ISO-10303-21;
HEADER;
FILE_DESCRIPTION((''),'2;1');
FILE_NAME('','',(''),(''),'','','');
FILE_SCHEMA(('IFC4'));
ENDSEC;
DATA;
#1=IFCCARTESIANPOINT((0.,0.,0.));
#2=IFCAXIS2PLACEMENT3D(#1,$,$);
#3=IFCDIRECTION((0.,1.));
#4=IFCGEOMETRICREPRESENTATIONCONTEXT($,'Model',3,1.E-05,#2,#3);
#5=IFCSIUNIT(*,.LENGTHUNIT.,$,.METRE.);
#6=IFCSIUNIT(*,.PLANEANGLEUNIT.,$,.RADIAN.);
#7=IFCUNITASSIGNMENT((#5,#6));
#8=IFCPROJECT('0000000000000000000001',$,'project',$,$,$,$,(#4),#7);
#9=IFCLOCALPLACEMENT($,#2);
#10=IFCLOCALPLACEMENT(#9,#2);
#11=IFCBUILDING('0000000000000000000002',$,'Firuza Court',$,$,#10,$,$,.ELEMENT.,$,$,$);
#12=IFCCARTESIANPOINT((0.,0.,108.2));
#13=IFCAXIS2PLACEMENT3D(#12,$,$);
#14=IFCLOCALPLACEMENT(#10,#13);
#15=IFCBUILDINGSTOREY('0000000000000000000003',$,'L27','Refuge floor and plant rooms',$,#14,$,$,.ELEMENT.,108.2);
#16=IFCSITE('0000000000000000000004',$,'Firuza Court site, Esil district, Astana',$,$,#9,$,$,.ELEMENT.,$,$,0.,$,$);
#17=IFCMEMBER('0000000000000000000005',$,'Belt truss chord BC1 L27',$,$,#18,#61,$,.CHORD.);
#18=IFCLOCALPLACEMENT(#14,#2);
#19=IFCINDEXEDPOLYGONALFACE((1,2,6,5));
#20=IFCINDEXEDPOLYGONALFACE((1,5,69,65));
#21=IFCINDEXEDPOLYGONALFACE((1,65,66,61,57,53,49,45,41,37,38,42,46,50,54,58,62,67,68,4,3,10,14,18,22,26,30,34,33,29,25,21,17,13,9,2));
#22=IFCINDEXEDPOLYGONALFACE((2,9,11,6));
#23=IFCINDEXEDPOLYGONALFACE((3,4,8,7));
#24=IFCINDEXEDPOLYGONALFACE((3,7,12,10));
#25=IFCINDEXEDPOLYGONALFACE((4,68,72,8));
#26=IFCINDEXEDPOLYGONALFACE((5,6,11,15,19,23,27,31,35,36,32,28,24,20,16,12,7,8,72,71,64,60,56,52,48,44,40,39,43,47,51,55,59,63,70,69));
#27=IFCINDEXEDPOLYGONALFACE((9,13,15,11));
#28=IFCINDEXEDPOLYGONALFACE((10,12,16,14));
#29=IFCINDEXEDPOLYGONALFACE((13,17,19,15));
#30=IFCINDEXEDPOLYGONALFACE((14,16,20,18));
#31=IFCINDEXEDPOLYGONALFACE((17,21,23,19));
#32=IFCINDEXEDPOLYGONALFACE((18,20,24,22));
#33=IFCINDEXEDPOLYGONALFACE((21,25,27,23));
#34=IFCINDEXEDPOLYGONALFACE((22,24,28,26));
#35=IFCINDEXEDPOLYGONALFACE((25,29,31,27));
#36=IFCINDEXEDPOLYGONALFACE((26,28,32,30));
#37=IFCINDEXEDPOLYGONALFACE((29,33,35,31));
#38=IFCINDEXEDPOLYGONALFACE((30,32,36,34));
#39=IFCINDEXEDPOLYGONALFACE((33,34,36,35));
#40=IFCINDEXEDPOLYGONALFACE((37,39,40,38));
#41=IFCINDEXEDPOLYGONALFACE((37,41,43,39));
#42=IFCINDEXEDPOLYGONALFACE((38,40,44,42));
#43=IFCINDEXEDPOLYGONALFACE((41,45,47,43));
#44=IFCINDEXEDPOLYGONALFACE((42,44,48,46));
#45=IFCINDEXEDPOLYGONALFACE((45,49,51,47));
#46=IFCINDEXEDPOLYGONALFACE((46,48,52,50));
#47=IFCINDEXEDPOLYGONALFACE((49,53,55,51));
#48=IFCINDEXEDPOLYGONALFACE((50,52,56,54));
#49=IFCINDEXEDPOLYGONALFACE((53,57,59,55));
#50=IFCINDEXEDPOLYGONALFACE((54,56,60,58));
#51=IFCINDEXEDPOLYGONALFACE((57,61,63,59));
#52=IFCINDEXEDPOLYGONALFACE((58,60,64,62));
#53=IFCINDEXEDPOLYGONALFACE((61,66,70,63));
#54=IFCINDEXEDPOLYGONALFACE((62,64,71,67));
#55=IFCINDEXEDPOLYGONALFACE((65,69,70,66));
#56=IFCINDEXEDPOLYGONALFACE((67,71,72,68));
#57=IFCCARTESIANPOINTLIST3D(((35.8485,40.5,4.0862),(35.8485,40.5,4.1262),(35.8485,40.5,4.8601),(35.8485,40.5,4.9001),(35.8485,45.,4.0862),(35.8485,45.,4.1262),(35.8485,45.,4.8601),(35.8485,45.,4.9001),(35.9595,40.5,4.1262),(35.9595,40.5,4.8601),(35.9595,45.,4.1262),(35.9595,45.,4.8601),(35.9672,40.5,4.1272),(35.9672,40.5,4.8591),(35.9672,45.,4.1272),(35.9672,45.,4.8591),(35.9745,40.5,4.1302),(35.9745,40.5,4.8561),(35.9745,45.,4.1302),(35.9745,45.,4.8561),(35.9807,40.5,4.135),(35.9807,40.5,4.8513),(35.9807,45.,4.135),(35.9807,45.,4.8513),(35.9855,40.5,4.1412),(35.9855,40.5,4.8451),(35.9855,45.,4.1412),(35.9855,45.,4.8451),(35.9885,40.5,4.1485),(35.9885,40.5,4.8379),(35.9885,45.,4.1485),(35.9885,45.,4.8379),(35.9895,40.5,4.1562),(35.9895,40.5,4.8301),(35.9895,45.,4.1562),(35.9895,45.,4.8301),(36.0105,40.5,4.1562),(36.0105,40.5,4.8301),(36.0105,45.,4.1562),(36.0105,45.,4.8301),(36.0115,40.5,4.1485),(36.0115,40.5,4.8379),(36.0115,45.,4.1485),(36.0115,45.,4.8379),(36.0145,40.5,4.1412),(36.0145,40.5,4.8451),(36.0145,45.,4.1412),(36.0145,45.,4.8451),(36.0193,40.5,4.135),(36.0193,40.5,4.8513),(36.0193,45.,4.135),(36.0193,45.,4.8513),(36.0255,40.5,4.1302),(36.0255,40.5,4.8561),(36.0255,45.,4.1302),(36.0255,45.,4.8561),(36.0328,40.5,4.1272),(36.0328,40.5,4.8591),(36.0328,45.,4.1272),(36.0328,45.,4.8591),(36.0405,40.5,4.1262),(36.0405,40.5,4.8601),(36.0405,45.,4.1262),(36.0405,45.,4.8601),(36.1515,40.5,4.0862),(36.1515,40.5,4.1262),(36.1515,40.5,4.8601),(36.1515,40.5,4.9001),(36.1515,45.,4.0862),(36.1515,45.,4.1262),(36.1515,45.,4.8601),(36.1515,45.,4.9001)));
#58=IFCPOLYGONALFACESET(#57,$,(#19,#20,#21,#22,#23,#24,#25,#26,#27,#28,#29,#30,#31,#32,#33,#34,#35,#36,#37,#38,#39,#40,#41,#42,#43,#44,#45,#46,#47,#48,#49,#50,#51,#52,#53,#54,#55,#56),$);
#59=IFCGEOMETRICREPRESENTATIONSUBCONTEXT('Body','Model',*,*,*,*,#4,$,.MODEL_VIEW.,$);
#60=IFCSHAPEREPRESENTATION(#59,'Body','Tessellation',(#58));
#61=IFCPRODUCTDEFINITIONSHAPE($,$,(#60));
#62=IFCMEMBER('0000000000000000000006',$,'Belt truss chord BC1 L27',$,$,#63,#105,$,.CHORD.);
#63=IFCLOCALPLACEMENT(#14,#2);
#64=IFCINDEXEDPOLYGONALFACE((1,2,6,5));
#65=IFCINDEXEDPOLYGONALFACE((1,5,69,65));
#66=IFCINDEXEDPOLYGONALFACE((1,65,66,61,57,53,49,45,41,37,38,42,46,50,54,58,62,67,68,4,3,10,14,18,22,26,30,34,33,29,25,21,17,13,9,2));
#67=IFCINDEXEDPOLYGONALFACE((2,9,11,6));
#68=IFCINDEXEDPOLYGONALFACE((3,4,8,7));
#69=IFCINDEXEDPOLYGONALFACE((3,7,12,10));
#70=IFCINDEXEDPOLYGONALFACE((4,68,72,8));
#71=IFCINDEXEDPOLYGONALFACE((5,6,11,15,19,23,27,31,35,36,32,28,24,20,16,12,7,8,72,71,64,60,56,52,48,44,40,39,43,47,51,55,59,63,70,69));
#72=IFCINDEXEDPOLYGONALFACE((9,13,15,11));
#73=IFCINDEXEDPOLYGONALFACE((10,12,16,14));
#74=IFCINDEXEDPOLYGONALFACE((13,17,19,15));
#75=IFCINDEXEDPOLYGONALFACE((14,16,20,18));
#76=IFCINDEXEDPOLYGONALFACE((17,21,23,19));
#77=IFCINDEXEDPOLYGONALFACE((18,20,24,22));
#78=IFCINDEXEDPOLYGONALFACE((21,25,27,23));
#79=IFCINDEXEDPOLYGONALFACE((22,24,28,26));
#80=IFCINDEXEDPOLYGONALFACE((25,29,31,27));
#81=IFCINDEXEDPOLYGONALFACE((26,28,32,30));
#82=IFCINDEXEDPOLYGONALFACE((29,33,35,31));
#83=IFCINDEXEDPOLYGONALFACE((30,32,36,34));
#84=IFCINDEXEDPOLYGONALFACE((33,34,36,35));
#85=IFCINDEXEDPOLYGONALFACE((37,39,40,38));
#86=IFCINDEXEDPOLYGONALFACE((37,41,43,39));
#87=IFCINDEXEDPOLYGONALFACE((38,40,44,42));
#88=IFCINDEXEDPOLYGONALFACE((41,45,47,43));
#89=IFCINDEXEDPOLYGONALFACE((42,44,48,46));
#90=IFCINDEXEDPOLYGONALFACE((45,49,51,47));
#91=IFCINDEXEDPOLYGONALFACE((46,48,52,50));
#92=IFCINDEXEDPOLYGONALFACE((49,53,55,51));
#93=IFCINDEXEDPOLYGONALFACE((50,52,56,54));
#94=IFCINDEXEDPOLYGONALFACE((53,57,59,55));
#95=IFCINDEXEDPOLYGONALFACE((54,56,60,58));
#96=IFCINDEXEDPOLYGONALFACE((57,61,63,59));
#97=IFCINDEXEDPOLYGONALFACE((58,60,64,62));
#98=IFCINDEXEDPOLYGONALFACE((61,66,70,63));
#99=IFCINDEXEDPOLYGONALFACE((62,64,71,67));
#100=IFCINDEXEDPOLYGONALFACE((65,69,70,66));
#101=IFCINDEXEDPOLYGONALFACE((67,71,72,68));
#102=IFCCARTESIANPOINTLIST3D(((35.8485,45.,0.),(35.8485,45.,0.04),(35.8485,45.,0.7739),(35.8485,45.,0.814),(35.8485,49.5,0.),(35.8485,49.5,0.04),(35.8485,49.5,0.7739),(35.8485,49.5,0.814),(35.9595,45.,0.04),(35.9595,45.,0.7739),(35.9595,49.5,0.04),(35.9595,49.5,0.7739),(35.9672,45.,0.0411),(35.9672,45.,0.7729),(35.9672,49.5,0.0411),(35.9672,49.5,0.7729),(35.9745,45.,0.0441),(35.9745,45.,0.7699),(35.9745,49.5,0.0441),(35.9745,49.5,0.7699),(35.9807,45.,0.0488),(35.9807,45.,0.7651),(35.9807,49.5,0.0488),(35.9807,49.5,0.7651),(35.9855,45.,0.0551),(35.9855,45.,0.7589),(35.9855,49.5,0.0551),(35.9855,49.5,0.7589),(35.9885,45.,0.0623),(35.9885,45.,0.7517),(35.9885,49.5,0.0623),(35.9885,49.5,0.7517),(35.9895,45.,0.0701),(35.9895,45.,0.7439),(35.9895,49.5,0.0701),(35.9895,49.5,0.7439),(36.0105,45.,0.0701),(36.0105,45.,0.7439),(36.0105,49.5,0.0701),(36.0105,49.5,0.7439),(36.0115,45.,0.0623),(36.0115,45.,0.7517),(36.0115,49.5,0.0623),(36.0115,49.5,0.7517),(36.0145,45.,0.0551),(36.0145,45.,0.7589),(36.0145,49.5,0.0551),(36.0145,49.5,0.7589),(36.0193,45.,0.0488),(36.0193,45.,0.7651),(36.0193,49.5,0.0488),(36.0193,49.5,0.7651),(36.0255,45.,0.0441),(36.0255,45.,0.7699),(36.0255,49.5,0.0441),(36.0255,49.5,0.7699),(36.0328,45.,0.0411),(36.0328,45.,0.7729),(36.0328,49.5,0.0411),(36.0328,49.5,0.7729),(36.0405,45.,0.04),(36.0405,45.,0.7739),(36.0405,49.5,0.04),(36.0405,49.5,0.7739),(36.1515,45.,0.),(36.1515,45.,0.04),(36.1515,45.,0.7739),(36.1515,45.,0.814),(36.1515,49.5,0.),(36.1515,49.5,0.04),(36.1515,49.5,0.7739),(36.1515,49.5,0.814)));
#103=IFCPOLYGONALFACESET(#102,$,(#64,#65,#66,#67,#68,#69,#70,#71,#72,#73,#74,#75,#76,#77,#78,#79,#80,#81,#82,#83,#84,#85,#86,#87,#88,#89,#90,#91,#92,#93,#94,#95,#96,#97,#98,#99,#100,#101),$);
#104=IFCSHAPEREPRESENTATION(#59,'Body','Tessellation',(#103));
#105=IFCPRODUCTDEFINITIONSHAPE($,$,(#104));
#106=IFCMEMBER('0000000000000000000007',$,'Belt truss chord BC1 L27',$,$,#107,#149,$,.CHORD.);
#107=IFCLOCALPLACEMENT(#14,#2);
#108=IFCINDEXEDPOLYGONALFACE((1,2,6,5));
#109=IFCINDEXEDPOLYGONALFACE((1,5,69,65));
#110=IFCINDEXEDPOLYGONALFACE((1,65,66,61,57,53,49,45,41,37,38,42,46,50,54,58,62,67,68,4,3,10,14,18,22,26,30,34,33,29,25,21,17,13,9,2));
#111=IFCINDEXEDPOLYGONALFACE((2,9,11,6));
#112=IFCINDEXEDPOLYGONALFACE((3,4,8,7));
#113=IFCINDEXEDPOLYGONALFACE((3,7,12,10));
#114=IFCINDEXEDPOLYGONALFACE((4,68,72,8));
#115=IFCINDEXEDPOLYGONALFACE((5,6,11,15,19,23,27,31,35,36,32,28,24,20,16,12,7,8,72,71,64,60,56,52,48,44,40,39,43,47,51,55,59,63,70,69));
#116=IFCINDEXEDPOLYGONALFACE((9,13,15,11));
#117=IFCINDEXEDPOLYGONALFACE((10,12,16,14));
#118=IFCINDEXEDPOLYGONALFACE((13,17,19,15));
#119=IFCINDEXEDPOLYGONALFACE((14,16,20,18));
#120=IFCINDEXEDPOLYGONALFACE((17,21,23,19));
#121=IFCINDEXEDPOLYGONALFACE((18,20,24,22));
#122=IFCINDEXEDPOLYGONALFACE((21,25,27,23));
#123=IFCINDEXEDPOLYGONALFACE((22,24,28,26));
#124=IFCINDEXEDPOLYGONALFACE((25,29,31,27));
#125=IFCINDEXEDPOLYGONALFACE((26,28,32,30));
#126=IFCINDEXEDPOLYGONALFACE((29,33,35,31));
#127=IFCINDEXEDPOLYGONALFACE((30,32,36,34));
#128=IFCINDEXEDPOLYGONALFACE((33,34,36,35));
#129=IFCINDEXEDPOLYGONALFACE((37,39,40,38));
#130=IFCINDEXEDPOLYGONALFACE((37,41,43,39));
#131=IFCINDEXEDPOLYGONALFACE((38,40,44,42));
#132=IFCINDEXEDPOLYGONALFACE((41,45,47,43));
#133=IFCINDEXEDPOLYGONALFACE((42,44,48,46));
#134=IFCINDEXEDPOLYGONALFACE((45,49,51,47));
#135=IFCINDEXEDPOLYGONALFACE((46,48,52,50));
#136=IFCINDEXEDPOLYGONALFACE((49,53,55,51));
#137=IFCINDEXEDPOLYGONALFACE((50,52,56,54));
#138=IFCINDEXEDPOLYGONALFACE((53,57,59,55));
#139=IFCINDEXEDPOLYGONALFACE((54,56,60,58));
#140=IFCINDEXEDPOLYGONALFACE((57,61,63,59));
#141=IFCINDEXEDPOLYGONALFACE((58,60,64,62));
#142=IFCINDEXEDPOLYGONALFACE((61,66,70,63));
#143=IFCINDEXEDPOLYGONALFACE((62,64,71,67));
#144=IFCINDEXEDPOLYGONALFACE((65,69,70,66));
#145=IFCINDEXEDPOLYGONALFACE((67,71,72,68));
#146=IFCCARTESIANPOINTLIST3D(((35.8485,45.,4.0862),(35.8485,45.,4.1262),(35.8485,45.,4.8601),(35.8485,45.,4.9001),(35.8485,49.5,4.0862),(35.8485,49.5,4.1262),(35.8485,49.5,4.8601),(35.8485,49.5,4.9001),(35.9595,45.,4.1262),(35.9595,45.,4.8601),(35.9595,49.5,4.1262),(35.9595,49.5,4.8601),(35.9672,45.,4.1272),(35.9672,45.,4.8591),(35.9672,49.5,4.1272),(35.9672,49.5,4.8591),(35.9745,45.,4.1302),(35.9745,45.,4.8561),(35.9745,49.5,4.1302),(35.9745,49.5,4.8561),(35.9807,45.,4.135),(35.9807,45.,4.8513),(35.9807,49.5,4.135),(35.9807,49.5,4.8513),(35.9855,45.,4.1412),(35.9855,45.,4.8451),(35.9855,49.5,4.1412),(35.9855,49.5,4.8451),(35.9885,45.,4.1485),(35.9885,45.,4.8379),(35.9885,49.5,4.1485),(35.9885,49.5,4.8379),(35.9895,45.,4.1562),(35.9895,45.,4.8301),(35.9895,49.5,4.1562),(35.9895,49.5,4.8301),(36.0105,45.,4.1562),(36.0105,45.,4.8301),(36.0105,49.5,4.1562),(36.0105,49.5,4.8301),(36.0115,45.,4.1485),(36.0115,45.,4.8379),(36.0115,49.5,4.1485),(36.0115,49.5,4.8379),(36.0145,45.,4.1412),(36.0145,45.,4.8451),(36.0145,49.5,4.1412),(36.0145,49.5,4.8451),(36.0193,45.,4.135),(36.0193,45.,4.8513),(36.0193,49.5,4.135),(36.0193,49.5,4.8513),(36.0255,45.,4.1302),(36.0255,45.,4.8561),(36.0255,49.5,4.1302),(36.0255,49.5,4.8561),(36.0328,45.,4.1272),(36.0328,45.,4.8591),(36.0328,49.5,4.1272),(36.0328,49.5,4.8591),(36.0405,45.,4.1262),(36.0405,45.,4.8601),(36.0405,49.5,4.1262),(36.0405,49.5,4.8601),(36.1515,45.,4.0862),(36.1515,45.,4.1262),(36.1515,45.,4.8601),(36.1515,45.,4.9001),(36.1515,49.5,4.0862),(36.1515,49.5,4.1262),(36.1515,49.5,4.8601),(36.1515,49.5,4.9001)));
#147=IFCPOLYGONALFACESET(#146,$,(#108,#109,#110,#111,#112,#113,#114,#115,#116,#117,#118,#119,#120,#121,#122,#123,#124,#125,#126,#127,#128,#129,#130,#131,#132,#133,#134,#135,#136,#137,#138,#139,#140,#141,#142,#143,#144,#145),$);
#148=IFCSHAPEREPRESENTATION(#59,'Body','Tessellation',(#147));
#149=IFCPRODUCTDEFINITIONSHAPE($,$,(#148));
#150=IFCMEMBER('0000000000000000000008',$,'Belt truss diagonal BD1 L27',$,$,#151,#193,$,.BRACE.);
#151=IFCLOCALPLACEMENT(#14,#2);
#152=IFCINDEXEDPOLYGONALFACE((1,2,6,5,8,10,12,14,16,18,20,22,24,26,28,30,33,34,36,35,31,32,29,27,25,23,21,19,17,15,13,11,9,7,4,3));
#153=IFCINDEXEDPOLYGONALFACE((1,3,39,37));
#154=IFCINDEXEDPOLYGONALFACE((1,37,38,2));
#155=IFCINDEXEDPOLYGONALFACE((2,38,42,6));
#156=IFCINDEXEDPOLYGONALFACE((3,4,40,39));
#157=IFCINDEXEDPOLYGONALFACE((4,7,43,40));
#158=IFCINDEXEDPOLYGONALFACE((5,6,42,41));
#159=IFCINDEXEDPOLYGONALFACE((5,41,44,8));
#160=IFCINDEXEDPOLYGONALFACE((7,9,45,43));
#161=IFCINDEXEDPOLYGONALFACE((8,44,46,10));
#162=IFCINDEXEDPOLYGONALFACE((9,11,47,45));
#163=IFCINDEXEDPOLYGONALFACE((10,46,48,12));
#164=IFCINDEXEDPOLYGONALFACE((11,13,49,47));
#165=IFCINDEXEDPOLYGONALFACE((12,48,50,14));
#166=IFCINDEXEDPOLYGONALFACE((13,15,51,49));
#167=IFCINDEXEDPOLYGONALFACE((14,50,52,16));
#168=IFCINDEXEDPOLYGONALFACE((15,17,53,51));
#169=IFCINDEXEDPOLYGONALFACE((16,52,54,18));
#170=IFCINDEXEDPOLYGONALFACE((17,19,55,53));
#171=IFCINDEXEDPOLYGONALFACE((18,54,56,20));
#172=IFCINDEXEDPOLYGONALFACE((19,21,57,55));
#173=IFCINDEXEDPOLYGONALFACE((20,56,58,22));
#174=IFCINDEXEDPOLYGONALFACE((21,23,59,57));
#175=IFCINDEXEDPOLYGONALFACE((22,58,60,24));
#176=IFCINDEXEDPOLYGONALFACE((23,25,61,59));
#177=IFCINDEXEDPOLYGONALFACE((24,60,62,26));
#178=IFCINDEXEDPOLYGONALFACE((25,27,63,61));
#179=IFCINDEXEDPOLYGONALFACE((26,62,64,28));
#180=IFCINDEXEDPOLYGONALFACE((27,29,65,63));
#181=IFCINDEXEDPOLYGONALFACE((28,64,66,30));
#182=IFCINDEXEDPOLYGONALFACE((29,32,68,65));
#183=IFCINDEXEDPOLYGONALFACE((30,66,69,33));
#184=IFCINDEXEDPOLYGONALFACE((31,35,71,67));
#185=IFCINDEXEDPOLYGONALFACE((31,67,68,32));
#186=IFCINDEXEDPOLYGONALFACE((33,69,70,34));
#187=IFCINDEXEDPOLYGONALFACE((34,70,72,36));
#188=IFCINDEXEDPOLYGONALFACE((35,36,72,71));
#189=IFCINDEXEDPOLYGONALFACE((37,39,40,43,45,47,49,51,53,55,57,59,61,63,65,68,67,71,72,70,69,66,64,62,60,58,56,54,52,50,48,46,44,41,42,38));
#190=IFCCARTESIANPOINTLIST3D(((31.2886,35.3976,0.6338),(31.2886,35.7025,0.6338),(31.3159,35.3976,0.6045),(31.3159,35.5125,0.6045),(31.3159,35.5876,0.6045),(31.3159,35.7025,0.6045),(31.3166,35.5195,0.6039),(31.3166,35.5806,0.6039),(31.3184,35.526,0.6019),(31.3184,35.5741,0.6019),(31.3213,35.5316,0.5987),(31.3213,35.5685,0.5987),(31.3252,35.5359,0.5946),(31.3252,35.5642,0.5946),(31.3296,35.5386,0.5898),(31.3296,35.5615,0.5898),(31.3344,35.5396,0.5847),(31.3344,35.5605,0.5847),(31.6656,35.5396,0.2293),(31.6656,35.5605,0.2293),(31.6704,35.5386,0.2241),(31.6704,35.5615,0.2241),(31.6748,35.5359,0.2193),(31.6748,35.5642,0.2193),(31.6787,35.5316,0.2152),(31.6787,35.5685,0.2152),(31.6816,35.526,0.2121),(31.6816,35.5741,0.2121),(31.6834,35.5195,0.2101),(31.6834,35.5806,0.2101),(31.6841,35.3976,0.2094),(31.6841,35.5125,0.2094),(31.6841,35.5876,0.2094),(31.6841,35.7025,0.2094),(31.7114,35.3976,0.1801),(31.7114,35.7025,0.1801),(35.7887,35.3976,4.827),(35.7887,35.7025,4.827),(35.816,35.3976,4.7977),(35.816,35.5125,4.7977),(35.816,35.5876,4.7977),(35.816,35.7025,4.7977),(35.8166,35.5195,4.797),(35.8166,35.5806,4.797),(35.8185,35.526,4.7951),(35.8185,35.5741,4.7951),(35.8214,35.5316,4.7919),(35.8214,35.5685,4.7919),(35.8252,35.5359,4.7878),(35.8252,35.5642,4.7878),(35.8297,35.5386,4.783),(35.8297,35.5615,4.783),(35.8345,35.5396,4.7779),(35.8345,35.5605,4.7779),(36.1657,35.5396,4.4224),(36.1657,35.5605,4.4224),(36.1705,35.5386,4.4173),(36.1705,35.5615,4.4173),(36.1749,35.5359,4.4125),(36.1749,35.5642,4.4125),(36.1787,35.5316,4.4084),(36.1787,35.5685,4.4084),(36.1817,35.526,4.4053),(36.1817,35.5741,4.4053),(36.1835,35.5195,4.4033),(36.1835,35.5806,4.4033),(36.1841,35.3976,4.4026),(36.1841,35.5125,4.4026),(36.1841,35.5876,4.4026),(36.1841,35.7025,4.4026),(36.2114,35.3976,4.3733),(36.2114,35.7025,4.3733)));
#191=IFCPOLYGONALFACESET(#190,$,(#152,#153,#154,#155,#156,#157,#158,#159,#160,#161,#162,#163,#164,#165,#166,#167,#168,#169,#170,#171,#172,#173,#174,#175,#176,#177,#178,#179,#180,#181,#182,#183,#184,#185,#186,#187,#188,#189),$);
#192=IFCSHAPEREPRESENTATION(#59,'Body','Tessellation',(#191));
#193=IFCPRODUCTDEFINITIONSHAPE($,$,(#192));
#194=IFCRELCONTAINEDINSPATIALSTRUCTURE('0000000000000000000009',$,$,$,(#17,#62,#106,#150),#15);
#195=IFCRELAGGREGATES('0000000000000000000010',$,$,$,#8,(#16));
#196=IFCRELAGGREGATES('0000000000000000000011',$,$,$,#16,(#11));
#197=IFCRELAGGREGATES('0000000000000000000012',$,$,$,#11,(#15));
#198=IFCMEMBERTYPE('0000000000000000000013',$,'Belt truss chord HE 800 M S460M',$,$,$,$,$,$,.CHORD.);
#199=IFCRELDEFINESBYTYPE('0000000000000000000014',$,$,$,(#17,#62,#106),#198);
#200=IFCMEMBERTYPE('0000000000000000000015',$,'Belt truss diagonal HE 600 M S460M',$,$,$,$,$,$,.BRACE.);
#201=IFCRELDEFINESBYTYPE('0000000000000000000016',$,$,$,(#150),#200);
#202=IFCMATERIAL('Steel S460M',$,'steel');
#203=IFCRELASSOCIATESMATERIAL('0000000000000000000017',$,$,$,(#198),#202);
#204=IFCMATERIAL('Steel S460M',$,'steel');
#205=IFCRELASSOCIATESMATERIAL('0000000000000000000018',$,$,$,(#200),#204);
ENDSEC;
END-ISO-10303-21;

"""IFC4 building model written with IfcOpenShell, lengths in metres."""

from ifc_helpers import new_model, si_unit, direction, frame, origin, origin_2d, place, context, subcontext, project, spatial, i_section, extrude, material, material_profile, profile_set, type_object, element, save


model = new_model("IFC4")

# Units and contexts
model_context = context("Model", 3, precision=1e-05, world=origin(), true_north=direction((0.0, 1.0)))
body_context = subcontext(model_context, "Body", "Model", "MODEL_VIEW")
ifc_project = project(units=[si_unit("LENGTHUNIT", "METRE"), si_unit("PLANEANGLEUNIT", "RADIAN")], contexts=[model_context])

# Site, building, storey
site_placement = place(None, origin())
site = spatial("IfcSite", under=ifc_project, at=site_placement, Name="Firuza Court site, Esil district, Astana", CompositionType="ELEMENT", RefElevation=0.0)
building_placement = place(site_placement, origin())
building = spatial("IfcBuilding", under=site, at=building_placement, Name="Firuza Court", CompositionType="ELEMENT")
storey_placement = place(building_placement, frame((0.0, 0.0, 108.2)))
storey = spatial("IfcBuildingStorey", under=building, at=storey_placement, Name="L27", Description="Refuge floor and plant rooms", CompositionType="ELEMENT", Elevation=108.2)

# Members
ifc_material_1 = material(Name="Steel S460M", Category="steel")
ifc_material_profile_1 = material_profile(ifc_material_1, i_section(OverallWidth=0.303, OverallDepth=0.814, WebThickness=0.021, FlangeThickness=0.04, FilletRadius=0.03, at=origin_2d()), Name="HE 800 M")
ifc_profile_set_1 = profile_set([ifc_material_profile_1], Name="Steel S460M")
member_type_1 = type_object("IfcMemberType", Name="Belt truss chord HE 800 M S460M", PredefinedType="CHORD", material=ifc_profile_set_1)
for number, where, z_axis, x_axis, name in (
    (1, (36.0, 40.5, 4.4932), (0.0, 1.0, 0.0), (-1.0, 0.0, 0.0), "Belt truss chord BC1 L27"),
    (2, (36.0, 45.0, 0.407), (0.0, 1.0, 0.0), (-1.0, 0.0, 0.0), "Belt truss chord BC1 L27"),
    (3, (36.0, 45.0, 4.4932), (0.0, 1.0, 0.0), (-1.0, 0.0, 0.0), "Belt truss chord BC1 L27"),
):
    element("IfcMember", number, at=place(storey_placement, frame(where, z_axis=z_axis, x_axis=x_axis)), inside=storey, type_object=member_type_1, Name=name, PredefinedType="CHORD", context=body_context, shape_type="SweptSolid", body=[
        extrude(i_section(OverallWidth=0.303, OverallDepth=0.814, WebThickness=0.021, FlangeThickness=0.04, FilletRadius=0.03, at=origin_2d()), origin(), (0.0, 0.0, 1.0), 4.5),
    ])
ifc_material_2 = material(Name="Steel S460M", Category="steel")
ifc_material_profile_2 = material_profile(ifc_material_2, i_section(OverallWidth=0.3049, OverallDepth=0.6201, WebThickness=0.021, FlangeThickness=0.04, FilletRadius=0.0271, at=origin_2d()), Name="HE 600 M")
ifc_profile_set_2 = profile_set([ifc_material_profile_2], Name="Steel S460M")
member_type_2 = type_object("IfcMemberType", Name="Belt truss diagonal HE 600 M S460M", PredefinedType="BRACE", material=ifc_profile_set_2)
member_placement = place(storey_placement, frame((31.5, 35.55, 0.407), z_axis=(0.731613, 0.0, 0.68172), x_axis=(0.0, 1.0, 0.0)))
element("IfcMember", 4, at=member_placement, inside=storey, type_object=member_type_2, Name="Belt truss diagonal BD1 L27", PredefinedType="BRACE", context=body_context, shape_type="SweptSolid", body=[
    extrude(i_section(OverallWidth=0.3049, OverallDepth=0.6201, WebThickness=0.021, FlangeThickness=0.04, FilletRadius=0.0271, at=origin_2d()), origin(), (0.0, 0.0, 1.0), 6.1509),
])

save(model, "model.ifc")
